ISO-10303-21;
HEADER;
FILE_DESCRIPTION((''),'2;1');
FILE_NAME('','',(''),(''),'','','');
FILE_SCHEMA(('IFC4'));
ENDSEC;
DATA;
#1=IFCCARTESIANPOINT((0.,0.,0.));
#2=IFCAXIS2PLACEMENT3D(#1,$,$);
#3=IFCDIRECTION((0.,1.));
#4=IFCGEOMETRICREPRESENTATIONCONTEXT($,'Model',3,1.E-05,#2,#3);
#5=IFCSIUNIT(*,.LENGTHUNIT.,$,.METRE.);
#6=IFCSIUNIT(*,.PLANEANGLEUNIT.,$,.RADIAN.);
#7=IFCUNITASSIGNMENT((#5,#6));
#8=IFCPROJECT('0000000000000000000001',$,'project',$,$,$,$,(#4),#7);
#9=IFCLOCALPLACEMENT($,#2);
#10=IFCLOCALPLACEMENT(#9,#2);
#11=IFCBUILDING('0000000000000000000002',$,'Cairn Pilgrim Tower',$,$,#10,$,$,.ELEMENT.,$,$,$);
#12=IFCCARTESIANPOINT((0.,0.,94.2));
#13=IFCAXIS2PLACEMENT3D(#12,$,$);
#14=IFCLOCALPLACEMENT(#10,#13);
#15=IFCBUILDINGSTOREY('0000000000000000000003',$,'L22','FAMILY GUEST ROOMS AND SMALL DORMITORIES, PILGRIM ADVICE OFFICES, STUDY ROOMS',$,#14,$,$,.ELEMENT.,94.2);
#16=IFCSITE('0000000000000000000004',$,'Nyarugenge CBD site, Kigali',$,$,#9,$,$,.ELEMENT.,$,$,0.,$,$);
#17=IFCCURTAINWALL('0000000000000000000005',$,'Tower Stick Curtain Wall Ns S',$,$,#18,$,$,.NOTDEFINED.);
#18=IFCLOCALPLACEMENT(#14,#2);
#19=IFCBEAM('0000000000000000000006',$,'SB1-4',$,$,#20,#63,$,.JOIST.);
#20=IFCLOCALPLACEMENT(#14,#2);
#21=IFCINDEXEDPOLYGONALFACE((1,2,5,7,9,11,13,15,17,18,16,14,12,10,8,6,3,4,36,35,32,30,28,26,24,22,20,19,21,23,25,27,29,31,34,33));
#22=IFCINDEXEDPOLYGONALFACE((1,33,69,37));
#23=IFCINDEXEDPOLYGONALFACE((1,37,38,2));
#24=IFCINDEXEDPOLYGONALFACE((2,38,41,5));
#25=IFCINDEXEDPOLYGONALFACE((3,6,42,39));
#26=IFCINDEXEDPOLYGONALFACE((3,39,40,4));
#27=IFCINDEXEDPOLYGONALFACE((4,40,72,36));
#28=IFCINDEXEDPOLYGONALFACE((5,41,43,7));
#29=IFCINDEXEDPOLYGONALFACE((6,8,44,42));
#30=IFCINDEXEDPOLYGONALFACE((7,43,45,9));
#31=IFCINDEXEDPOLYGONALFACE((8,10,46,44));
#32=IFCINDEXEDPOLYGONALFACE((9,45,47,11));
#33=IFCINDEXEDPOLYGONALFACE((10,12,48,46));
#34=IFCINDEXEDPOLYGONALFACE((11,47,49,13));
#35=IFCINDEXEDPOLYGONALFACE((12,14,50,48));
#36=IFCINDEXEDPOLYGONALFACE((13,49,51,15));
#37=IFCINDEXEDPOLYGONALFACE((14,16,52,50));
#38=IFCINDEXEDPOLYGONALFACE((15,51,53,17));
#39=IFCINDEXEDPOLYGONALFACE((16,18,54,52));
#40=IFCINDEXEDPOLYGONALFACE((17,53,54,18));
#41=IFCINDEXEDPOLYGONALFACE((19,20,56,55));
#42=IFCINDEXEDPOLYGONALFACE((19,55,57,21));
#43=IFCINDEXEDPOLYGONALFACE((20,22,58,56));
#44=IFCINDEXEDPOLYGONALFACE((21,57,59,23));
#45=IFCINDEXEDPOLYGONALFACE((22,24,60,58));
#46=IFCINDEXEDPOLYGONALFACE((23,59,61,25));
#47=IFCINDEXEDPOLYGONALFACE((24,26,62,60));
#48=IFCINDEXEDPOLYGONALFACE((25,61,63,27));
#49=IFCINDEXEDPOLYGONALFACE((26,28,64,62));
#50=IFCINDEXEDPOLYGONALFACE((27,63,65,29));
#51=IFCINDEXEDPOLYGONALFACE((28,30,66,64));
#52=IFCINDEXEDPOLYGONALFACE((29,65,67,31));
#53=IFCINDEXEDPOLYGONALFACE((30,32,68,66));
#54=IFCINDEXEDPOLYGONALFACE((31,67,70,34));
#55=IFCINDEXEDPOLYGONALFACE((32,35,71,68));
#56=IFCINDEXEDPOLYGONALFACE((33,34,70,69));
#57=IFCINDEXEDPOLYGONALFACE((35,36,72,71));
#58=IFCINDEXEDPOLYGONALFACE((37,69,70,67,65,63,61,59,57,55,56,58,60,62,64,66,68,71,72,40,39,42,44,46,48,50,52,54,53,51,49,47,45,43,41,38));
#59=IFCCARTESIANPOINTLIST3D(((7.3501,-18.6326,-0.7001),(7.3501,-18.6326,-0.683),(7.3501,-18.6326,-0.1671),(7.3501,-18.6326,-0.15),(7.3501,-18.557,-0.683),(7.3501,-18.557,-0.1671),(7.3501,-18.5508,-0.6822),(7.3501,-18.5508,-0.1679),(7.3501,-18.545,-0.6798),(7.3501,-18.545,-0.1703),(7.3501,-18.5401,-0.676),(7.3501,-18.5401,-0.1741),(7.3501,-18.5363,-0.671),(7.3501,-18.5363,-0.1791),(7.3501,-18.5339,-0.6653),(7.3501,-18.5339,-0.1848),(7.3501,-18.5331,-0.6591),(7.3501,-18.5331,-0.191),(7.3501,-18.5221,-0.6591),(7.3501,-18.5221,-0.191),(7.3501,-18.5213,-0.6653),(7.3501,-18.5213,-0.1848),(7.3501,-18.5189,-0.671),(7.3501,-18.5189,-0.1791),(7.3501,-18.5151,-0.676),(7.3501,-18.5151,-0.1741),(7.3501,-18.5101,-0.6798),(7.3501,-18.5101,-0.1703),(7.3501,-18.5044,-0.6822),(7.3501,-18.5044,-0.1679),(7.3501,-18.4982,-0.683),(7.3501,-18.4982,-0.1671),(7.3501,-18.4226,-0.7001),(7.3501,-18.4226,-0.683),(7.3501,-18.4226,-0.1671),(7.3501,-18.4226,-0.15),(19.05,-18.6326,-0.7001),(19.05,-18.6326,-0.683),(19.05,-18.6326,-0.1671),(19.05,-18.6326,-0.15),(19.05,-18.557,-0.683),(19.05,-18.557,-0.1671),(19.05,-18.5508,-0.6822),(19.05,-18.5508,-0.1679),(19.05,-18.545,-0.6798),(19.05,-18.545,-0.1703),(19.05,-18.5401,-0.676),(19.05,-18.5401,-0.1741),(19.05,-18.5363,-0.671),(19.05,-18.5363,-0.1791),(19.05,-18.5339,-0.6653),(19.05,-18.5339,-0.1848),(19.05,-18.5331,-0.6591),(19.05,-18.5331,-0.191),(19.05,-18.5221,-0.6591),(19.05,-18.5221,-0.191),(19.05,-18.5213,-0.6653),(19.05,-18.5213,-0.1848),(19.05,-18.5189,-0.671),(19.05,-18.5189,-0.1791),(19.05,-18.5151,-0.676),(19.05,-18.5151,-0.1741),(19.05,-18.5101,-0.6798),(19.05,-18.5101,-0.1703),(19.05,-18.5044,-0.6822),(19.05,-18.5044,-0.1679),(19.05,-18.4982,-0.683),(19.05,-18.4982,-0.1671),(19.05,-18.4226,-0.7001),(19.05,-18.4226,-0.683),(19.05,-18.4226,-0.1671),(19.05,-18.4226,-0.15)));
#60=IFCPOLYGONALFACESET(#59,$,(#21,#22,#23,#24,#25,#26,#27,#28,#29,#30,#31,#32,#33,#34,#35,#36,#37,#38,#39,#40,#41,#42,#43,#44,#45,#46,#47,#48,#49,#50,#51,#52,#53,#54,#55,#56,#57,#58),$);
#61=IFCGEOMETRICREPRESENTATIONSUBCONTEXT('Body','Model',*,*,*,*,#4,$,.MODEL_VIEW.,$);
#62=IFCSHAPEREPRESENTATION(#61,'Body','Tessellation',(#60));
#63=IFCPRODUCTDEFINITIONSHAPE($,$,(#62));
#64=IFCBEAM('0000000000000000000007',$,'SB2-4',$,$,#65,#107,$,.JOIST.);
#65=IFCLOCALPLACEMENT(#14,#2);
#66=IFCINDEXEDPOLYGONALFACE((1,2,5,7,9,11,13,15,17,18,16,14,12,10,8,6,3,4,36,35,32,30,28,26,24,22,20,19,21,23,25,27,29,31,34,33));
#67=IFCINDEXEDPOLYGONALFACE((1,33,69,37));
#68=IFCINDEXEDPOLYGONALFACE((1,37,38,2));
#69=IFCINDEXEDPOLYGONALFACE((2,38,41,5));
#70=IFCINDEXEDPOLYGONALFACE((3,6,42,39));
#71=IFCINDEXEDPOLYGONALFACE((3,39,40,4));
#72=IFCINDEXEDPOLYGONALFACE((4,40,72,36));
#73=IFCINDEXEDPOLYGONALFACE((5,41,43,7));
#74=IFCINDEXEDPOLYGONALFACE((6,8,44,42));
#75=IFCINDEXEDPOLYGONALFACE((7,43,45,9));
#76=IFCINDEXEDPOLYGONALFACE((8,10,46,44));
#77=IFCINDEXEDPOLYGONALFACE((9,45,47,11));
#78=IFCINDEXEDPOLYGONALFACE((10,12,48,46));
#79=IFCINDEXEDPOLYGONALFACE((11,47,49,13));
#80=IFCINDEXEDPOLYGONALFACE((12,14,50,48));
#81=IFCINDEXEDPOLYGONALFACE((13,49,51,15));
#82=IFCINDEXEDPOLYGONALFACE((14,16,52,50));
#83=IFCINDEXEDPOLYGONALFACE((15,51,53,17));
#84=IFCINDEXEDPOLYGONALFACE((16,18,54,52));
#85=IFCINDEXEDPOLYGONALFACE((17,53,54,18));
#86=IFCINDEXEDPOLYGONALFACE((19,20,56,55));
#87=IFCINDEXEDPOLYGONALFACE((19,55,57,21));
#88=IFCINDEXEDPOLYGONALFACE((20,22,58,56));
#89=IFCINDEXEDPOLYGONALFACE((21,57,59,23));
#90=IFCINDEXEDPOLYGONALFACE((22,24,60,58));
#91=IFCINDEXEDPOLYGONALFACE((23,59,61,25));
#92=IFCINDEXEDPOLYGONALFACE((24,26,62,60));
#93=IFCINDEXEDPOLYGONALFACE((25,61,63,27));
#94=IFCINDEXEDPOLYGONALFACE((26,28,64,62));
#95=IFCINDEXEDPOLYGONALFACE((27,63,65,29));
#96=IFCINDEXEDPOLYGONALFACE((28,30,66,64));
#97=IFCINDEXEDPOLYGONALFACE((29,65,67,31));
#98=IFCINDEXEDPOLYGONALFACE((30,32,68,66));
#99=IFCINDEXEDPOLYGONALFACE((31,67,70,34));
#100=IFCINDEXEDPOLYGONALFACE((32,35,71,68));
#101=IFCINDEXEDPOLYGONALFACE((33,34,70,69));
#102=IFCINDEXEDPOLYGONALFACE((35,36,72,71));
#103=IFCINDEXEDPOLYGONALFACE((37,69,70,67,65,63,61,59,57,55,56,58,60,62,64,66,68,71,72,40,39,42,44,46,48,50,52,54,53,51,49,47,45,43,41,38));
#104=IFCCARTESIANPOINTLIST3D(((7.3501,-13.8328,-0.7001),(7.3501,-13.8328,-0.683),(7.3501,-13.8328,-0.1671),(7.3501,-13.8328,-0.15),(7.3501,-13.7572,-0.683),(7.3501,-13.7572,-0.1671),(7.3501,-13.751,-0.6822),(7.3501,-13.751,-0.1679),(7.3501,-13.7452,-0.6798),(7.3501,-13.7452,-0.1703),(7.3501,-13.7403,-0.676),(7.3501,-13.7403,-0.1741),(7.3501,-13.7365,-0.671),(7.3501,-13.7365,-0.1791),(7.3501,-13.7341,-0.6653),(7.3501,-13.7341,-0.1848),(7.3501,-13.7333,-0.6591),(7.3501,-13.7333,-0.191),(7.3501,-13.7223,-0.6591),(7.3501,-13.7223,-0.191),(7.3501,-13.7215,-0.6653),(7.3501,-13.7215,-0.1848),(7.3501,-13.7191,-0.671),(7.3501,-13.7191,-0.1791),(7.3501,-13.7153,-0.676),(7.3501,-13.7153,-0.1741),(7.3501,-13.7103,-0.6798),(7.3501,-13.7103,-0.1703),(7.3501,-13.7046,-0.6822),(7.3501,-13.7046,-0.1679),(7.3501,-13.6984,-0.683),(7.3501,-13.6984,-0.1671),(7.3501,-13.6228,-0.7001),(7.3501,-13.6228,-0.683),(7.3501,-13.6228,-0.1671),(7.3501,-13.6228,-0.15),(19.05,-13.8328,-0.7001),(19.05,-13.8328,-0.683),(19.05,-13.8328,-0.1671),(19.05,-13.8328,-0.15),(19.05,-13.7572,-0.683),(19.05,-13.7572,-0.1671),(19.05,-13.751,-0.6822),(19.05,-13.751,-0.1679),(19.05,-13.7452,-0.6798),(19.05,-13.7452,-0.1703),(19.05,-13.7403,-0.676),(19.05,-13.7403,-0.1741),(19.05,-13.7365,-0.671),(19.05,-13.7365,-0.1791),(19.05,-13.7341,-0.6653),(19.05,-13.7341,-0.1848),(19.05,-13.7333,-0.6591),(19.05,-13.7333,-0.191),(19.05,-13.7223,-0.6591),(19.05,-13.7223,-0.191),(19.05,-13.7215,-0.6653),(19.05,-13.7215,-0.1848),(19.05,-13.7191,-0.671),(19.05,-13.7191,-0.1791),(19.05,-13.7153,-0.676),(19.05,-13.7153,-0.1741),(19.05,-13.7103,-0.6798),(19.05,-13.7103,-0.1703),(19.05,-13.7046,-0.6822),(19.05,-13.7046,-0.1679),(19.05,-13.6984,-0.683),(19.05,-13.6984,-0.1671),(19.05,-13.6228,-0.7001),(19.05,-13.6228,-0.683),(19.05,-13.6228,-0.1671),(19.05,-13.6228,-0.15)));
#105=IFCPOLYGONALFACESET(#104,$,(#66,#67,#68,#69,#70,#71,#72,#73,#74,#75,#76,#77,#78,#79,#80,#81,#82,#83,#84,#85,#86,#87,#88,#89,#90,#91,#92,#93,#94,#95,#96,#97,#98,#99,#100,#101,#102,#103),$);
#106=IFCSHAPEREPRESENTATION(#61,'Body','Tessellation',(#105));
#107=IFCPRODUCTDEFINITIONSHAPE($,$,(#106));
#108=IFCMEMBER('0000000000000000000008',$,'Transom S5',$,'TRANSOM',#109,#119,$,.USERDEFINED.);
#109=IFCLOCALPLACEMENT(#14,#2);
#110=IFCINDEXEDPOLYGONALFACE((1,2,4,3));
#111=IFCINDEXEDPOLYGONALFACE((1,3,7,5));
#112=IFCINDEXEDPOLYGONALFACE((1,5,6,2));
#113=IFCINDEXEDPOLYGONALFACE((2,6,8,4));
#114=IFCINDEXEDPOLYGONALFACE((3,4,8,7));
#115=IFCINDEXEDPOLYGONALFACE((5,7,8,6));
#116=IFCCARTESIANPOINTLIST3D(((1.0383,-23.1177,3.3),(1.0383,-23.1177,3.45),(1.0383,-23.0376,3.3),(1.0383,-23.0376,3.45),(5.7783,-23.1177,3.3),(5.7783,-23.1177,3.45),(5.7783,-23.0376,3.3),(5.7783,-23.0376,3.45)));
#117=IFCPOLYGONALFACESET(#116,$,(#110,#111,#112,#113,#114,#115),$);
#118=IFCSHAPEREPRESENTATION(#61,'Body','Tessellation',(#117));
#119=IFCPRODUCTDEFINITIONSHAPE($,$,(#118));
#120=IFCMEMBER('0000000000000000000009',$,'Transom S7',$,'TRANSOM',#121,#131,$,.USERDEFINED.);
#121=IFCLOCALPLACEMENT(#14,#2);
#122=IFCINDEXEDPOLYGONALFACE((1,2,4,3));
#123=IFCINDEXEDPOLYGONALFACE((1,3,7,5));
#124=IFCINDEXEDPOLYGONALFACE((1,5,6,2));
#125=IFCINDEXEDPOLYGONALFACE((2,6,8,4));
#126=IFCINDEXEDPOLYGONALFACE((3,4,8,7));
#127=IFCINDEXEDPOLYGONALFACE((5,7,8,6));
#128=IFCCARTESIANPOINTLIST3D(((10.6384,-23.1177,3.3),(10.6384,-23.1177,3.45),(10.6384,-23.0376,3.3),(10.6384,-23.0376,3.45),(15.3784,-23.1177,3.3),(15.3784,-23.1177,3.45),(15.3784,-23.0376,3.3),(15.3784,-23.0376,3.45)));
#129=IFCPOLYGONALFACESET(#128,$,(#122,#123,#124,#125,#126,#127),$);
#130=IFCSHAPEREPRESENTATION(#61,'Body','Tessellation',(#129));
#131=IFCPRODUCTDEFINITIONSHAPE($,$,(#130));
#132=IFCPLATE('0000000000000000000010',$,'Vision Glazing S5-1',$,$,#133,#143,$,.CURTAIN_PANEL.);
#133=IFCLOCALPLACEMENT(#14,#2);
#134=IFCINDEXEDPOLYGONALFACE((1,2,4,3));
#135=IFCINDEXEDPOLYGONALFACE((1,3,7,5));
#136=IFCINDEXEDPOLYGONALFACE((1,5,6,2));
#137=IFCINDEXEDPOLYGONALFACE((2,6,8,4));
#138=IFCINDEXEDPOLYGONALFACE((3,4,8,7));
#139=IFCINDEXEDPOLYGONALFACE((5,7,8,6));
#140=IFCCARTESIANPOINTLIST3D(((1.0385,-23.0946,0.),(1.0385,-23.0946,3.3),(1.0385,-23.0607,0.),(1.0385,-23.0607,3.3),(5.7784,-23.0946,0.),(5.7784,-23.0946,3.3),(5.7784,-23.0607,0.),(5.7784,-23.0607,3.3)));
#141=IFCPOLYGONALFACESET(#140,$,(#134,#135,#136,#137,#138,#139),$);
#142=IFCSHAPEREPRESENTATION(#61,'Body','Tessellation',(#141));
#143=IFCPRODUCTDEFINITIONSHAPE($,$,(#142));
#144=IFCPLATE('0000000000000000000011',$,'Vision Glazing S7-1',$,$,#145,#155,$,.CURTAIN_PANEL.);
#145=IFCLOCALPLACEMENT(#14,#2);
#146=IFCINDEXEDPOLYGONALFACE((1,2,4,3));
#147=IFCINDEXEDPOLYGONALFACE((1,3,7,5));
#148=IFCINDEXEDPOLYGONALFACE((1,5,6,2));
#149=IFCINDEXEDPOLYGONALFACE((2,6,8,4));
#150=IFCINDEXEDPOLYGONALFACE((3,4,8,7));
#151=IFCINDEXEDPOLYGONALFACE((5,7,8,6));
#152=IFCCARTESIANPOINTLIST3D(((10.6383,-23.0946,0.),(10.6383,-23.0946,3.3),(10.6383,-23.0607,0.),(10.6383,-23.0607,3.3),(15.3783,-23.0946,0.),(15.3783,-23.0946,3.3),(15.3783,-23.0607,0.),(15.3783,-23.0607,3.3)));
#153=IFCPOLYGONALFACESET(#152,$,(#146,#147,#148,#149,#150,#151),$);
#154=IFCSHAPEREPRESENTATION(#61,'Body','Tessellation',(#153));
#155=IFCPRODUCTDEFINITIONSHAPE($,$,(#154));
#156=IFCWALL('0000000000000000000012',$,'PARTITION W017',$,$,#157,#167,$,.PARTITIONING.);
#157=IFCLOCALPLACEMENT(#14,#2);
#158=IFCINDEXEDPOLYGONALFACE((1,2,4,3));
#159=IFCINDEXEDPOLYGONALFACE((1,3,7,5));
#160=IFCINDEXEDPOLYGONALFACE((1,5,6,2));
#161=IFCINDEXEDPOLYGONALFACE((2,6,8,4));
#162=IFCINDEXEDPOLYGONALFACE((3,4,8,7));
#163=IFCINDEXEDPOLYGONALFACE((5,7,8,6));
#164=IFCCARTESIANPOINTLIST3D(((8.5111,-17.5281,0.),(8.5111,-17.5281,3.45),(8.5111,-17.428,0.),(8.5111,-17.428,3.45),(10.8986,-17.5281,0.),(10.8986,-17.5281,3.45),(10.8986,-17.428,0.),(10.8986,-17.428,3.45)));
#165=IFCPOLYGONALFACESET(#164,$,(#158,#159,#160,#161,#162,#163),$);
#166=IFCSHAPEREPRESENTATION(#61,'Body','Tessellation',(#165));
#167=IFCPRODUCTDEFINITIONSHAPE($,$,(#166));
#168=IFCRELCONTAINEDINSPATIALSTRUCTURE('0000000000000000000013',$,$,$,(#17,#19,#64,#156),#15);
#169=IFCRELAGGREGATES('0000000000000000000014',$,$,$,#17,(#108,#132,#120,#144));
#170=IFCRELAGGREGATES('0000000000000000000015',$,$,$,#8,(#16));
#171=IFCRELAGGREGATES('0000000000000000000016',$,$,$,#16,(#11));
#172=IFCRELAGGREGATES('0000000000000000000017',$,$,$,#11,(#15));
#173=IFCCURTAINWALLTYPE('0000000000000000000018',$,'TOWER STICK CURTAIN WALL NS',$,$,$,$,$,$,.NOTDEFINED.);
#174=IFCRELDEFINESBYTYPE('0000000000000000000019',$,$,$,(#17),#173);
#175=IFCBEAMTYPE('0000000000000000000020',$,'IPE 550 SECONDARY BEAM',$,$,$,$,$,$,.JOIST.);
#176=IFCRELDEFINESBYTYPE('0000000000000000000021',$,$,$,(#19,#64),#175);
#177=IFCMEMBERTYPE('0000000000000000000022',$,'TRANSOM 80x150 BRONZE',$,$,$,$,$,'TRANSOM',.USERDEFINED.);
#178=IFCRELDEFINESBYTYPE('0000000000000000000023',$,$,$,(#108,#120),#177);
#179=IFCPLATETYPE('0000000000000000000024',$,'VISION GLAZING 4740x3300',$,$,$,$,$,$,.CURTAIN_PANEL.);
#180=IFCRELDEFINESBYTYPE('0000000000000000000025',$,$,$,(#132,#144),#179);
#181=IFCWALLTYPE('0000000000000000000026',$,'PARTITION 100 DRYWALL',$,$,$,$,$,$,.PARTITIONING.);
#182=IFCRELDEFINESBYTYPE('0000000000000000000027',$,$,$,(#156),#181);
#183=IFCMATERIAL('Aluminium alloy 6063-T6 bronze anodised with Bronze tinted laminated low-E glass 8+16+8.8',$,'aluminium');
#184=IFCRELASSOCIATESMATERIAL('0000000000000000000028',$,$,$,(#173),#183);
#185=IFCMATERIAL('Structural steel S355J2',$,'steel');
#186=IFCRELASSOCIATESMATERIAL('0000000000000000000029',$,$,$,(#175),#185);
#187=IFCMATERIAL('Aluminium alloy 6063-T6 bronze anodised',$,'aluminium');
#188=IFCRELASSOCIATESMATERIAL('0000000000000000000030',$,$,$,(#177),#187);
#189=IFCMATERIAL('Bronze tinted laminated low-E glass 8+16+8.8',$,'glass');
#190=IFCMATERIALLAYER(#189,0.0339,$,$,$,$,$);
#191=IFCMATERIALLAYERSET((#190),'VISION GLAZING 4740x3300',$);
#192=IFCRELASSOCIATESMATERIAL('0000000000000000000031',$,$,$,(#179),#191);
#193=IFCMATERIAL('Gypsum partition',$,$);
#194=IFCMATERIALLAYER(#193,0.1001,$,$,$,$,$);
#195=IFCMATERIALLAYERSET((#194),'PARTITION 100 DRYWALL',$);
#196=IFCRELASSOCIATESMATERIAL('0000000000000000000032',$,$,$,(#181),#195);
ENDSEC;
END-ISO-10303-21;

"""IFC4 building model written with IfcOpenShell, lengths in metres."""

from ifc_helpers import new_model, si_unit, direction, frame, frame_2d, origin, origin_2d, place, context, subcontext, project, spatial, rectangle, i_section, extrude, material, layer, layer_set, material_profile, profile_set, type_object, element, aggregate, save


model = new_model("IFC4")

# Units and contexts
model_context = context("Model", 3, precision=1e-05, world=origin(), true_north=direction((0.0, 1.0)))
body_context = subcontext(model_context, "Body", "Model", "MODEL_VIEW")
ifc_project = project(units=[si_unit("LENGTHUNIT", "METRE"), si_unit("PLANEANGLEUNIT", "RADIAN")], contexts=[model_context])

# Site, building, storey
site_placement = place(None, origin())
site = spatial("IfcSite", under=ifc_project, at=site_placement, Name="Nyarugenge CBD site, Kigali", CompositionType="ELEMENT", RefElevation=0.0)
building_placement = place(site_placement, origin())
building = spatial("IfcBuilding", under=site, at=building_placement, Name="Cairn Pilgrim Tower", CompositionType="ELEMENT")
storey_placement = place(building_placement, frame((0.0, 0.0, 94.2)))
storey = spatial("IfcBuildingStorey", under=building, at=storey_placement, Name="L22", Description="FAMILY GUEST ROOMS AND SMALL DORMITORIES, PILGRIM ADVICE OFFICES, STUDY ROOMS", CompositionType="ELEMENT", Elevation=94.2)

# Curtain wall
ifc_material_1 = material(Name="Aluminium alloy 6063-T6 bronze anodised with Bronze tinted laminated low-E glass 8+16+8.8", Category="aluminium")
curtain_wall_type = type_object("IfcCurtainWallType", Name="TOWER STICK CURTAIN WALL NS", PredefinedType="NOTDEFINED", material=ifc_material_1)
curtain_wall_placement = place(storey_placement, origin())
curtain_wall = element("IfcCurtainWall", 1, at=curtain_wall_placement, inside=storey, type_object=curtain_wall_type, Name="Tower Stick Curtain Wall Ns S", PredefinedType="NOTDEFINED")
ifc_material_2 = material(Name="Aluminium alloy 6063-T6 bronze anodised", Category="aluminium")

# Beams
ifc_material_3 = material(Name="Structural steel S355J2", Category="steel")
ifc_material_profile_1 = material_profile(ifc_material_3, i_section(OverallWidth=0.21, OverallDepth=0.55, WebThickness=0.011, FlangeThickness=0.0171, FilletRadius=0.0239, at=origin_2d()), Name="IPE 550")
ifc_profile_set_1 = profile_set([ifc_material_profile_1], Name="Structural steel S355J2")
beam_type_1 = type_object("IfcBeamType", Name="IPE 550 SECONDARY BEAM", PredefinedType="JOIST", material=ifc_profile_set_1)
for number, where, z_axis, x_axis, name in (
    (2, (7.3501, -18.5276, -0.425), (1.0, 0.0, 0.0), (0.0, 1.0, 0.0), "SB1-4"),
    (3, (7.3501, -13.7278, -0.425), (1.0, 0.0, 0.0), (0.0, 1.0, 0.0), "SB2-4"),
):
    element("IfcBeam", number, at=place(storey_placement, frame(where, z_axis=z_axis, x_axis=x_axis)), inside=storey, type_object=beam_type_1, Name=name, PredefinedType="JOIST", context=body_context, shape_type="SweptSolid", body=[
        extrude(i_section(OverallWidth=0.21, OverallDepth=0.55, WebThickness=0.011, FlangeThickness=0.0171, FilletRadius=0.0239, at=origin_2d()), origin(), (0.0, 0.0, 1.0), 11.7),
    ])

# Members
ifc_material_profile_2 = material_profile(ifc_material_2, rectangle(XDim=0.0801, YDim=0.1499, at=origin_2d()), Name="TRANSOM 80x150 BRONZE")
ifc_profile_set_2 = profile_set([ifc_material_profile_2], Name="Aluminium alloy 6063-T6 bronze anodised")
member_type_1 = type_object("IfcMemberType", Name="TRANSOM 80x150 BRONZE", ElementType="TRANSOM", PredefinedType="USERDEFINED", material=ifc_profile_set_2)
member_1_placement = place(storey_placement, frame((1.0383, -23.0776, 3.375), z_axis=(1.0, 0.0, 0.0), x_axis=(0.0, 1.0, 0.0)))
member_1 = element("IfcMember", 4, at=member_1_placement, type_object=member_type_1, Name="Transom S5", ObjectType="TRANSOM", PredefinedType="USERDEFINED", context=body_context, shape_type="SweptSolid", body=[
    extrude(rectangle(XDim=0.0801, YDim=0.1499, at=origin_2d()), origin(), (0.0, 0.0, 1.0), 4.74),
])
member_2_placement = place(storey_placement, frame((10.6384, -23.0776, 3.375), z_axis=(1.0, 0.0, 0.0), x_axis=(0.0, 1.0, 0.0)))
member_2 = element("IfcMember", 5, at=member_2_placement, type_object=member_type_1, Name="Transom S7", ObjectType="TRANSOM", PredefinedType="USERDEFINED", context=body_context, shape_type="SweptSolid", body=[
    extrude(rectangle(XDim=0.0801, YDim=0.1499, at=origin_2d()), origin(), (0.0, 0.0, 1.0), 4.74),
])

# Plates
ifc_material_4 = material(Name="Bronze tinted laminated low-E glass 8+16+8.8", Category="glass")
ifc_layer_1 = layer(ifc_material_4, 0.0339)
ifc_layer_set_1 = layer_set([ifc_layer_1], Name="VISION GLAZING 4740x3300")
plate_type = type_object("IfcPlateType", Name="VISION GLAZING 4740x3300", PredefinedType="CURTAIN_PANEL", material=ifc_layer_set_1)
plate_1_placement = place(storey_placement, frame((3.4084, -23.0776, 0.0), z_axis=(0.0, 0.0, 1.0), x_axis=(1.0, 0.0, 0.0)))
plate_1 = element("IfcPlate", 6, at=plate_1_placement, type_object=plate_type, Name="Vision Glazing S5-1", PredefinedType="CURTAIN_PANEL", context=body_context, shape_type="SweptSolid", body=[
    extrude(rectangle(XDim=4.74, YDim=0.0339, at=origin_2d()), origin(), (0.0, 0.0, 1.0), 3.3),
])
plate_2_placement = place(storey_placement, frame((13.0083, -23.0776, 0.0), z_axis=(0.0, 0.0, 1.0), x_axis=(1.0, 0.0, 0.0)))
plate_2 = element("IfcPlate", 7, at=plate_2_placement, type_object=plate_type, Name="Vision Glazing S7-1", PredefinedType="CURTAIN_PANEL", context=body_context, shape_type="SweptSolid", body=[
    extrude(rectangle(XDim=4.74, YDim=0.0339, at=origin_2d()), origin(), (0.0, 0.0, 1.0), 3.3),
])
aggregate(curtain_wall, [member_1, plate_1, member_2, plate_2])

# Wall
ifc_material_5 = material(Name="Gypsum partition")
ifc_layer_2 = layer(ifc_material_5, 0.1001)
ifc_layer_set_2 = layer_set([ifc_layer_2], Name="PARTITION 100 DRYWALL")
wall_type_1 = type_object("IfcWallType", Name="PARTITION 100 DRYWALL", PredefinedType="PARTITIONING", material=ifc_layer_set_2)
wall_1_placement = place(storey_placement, frame((8.511, -17.478, 0.0), z_axis=(0.0, 0.0, 1.0), x_axis=(1.0, 0.0, 0.0)))
element("IfcWall", 8, at=wall_1_placement, inside=storey, type_object=wall_type_1, Name="PARTITION W017", PredefinedType="PARTITIONING", context=body_context, shape_type="SweptSolid", body=[
    extrude(rectangle(XDim=2.3875, YDim=0.1001, at=frame_2d((1.1938, 0.0))), origin(), (0.0, 0.0, 1.0), 3.45),
])

save(model, "model.ifc")
